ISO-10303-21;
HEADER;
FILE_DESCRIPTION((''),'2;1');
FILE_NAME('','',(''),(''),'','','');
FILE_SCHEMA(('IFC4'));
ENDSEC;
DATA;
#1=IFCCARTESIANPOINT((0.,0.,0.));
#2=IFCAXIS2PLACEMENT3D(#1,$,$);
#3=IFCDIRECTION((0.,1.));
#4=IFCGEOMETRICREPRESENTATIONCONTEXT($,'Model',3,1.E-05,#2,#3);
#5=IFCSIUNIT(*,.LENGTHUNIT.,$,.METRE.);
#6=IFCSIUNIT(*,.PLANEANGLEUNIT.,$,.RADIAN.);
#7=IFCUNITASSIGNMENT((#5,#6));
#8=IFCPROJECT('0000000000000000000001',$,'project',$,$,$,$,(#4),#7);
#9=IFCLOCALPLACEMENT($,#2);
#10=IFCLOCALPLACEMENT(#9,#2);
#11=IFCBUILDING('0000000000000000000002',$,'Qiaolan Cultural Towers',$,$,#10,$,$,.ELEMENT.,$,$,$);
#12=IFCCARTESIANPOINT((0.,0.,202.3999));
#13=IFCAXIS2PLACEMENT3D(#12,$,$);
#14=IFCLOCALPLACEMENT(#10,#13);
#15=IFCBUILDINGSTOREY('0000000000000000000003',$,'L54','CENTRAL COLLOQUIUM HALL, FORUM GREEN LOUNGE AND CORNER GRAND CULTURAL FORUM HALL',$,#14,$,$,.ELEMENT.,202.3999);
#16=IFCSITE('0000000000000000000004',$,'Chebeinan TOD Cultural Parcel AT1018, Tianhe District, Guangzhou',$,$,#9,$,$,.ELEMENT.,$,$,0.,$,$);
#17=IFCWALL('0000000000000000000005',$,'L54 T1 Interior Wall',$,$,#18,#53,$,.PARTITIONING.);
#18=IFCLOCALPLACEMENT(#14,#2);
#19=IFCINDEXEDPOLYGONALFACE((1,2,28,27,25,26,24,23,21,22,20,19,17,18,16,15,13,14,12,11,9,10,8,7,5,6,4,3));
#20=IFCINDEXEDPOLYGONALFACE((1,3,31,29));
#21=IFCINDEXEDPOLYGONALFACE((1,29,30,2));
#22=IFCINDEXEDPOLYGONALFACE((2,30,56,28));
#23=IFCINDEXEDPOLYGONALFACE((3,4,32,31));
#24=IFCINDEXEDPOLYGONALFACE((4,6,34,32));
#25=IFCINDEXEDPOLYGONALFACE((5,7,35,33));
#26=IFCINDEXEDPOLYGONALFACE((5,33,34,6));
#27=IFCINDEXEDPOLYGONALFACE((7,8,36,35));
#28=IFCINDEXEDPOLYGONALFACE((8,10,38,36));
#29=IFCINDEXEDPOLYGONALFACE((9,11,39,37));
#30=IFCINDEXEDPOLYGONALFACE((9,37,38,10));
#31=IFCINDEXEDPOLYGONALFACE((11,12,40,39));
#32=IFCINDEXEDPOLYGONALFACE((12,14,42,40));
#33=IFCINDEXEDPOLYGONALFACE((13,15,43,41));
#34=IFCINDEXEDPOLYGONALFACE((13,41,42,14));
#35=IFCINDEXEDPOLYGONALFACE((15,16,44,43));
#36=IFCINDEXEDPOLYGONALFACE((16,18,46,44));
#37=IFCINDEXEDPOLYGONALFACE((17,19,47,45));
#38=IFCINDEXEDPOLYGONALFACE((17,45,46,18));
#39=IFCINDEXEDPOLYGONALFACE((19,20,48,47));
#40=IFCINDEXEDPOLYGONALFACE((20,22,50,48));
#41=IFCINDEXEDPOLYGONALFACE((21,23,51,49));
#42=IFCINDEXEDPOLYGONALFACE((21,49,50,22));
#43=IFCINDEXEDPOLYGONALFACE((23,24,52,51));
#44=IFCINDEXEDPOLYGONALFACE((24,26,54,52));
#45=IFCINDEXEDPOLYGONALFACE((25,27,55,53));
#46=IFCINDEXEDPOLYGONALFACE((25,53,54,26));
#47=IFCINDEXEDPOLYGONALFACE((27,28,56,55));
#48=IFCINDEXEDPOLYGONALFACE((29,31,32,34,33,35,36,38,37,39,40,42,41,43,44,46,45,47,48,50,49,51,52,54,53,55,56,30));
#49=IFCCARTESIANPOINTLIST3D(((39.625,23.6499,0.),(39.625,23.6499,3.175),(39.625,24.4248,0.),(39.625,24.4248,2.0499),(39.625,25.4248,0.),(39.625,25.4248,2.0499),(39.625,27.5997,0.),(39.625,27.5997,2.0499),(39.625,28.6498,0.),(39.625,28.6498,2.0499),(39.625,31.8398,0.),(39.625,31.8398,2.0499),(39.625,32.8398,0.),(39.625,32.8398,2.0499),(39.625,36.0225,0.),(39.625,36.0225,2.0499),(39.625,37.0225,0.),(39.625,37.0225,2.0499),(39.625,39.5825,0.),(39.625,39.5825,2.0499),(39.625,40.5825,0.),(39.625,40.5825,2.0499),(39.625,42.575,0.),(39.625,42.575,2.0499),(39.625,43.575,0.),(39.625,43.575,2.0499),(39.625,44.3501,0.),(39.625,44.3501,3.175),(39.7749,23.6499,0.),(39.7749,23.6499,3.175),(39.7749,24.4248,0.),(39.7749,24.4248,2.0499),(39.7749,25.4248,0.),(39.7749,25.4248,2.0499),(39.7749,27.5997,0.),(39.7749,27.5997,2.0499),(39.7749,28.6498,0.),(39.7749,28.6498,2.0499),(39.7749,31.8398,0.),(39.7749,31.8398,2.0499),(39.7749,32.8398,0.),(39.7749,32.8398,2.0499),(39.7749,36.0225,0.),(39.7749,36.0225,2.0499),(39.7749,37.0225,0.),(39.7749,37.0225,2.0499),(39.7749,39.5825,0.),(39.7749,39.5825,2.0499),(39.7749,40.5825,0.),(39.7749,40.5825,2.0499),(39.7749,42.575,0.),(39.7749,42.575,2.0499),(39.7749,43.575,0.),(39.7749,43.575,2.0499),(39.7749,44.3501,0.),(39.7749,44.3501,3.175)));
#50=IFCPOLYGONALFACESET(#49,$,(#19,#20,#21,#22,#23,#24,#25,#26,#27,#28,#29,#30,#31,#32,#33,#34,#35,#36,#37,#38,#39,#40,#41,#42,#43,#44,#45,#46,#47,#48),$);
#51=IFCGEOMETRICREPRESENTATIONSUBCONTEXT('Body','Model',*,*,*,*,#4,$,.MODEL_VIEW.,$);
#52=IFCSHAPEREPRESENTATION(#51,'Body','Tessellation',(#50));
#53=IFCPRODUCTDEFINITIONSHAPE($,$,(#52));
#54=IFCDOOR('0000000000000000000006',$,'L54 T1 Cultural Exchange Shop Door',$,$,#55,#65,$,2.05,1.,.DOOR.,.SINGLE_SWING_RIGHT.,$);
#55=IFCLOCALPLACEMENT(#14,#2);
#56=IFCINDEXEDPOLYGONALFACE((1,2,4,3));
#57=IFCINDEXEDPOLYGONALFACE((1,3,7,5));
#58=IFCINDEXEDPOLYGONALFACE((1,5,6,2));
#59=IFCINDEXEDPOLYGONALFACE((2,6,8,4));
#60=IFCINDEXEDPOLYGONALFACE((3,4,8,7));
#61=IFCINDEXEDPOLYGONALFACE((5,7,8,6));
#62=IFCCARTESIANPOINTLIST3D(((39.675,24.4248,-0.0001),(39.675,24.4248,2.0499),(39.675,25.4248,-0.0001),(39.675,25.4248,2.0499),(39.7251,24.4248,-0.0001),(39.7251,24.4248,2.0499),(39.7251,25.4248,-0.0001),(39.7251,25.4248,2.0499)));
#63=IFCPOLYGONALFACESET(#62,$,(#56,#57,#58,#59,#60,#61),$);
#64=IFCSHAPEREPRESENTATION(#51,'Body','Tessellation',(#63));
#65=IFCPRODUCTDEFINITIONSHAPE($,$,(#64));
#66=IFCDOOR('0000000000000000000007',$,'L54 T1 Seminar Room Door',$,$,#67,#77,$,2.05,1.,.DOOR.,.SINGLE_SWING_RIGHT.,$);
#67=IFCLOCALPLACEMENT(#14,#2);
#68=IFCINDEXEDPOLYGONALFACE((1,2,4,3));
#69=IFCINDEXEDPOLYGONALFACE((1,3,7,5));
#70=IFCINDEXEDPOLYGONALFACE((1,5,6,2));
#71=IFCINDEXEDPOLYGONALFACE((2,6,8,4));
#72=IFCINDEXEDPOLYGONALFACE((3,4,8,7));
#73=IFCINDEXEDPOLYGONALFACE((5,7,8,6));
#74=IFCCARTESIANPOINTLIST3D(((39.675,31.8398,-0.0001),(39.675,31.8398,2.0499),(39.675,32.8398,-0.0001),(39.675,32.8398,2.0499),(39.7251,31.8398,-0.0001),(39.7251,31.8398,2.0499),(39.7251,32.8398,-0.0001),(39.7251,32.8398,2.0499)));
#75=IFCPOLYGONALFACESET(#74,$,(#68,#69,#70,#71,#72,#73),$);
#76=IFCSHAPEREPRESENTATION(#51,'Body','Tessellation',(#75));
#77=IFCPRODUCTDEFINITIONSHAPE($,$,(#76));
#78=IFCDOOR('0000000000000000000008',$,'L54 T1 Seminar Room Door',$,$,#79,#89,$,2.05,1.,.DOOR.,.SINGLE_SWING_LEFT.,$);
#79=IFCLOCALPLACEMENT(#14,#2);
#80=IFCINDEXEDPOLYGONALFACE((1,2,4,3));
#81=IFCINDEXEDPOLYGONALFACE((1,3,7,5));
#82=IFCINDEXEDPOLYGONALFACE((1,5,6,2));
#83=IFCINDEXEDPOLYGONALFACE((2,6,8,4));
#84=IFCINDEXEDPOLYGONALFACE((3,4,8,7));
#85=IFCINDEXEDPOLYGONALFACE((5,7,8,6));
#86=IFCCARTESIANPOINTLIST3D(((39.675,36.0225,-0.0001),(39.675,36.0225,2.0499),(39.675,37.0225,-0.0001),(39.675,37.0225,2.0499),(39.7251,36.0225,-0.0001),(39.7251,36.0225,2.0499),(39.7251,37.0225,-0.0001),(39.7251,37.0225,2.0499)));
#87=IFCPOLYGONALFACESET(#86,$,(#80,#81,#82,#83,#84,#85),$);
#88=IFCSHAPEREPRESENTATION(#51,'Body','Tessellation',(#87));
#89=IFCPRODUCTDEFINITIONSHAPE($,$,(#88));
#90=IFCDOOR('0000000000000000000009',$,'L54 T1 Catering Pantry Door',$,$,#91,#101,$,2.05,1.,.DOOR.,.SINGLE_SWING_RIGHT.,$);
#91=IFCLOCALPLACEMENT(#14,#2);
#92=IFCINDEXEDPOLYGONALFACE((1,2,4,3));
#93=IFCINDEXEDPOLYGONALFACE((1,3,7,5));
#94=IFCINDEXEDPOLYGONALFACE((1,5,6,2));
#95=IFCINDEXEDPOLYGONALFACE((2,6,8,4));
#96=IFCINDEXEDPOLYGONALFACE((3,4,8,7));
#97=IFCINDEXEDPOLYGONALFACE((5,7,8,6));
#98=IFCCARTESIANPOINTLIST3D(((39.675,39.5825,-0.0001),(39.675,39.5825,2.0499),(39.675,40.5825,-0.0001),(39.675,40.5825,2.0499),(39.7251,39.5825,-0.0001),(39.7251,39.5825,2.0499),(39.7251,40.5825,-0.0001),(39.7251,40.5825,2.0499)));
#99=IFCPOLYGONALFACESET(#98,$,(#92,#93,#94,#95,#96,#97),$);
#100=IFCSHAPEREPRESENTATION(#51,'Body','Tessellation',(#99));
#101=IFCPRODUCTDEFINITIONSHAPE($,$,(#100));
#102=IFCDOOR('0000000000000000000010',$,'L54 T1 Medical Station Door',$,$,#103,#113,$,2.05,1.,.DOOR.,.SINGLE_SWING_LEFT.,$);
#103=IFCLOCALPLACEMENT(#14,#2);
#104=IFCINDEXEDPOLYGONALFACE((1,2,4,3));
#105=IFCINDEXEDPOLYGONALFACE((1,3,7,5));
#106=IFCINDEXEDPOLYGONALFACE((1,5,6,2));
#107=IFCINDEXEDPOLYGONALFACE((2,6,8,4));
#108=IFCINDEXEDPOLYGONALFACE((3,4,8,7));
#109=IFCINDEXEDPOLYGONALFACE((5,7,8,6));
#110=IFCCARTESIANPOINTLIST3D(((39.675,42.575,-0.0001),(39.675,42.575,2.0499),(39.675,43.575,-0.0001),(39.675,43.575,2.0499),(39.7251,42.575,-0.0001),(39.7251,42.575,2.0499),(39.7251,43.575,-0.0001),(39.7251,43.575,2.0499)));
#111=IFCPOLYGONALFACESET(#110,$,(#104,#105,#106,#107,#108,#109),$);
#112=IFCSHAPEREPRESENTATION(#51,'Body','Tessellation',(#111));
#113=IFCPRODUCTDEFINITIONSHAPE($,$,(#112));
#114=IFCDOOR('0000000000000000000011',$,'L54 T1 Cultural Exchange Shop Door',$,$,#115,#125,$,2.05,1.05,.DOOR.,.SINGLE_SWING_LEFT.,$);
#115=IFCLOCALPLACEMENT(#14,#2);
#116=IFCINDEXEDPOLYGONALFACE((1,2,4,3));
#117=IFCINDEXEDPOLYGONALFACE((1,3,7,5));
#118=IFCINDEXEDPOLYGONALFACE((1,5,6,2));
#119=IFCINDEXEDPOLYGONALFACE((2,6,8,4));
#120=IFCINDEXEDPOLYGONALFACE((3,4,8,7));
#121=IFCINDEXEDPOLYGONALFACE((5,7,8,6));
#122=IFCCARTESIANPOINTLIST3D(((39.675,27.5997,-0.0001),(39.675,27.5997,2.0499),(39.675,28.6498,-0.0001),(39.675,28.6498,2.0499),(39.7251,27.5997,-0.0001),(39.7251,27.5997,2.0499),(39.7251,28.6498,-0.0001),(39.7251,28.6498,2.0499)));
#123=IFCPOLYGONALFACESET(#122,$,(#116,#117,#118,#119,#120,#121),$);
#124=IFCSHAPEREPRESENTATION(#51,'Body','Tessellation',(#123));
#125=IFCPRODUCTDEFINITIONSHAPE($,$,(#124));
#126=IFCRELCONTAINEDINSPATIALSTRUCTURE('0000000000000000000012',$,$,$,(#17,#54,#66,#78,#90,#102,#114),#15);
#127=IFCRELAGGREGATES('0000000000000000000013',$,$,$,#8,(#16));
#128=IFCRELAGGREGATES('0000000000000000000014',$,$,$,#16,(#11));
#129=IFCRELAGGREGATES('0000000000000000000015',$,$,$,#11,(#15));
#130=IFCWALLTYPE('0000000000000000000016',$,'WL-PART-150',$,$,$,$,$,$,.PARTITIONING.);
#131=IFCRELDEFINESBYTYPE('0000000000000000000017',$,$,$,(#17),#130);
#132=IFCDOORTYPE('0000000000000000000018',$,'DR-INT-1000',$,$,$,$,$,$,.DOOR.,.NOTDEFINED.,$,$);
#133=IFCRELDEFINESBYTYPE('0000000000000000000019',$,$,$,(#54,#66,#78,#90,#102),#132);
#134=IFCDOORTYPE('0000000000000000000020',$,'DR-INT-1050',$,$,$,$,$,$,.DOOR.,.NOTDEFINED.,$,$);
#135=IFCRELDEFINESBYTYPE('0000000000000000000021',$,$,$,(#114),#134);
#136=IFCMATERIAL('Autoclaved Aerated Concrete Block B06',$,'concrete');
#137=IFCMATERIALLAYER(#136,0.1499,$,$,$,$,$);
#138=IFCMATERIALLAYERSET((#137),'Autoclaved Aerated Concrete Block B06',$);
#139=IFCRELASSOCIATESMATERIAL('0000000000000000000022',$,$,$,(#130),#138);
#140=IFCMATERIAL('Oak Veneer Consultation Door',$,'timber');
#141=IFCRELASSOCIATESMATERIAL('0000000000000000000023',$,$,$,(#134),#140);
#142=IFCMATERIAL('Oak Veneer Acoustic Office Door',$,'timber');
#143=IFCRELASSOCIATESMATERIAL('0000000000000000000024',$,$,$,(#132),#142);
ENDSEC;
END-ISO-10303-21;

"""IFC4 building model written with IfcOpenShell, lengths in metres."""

from ifc_helpers import new_model, si_unit, direction, frame, frame_2d, origin, place, context, subcontext, project, spatial, rectangle, extrude, material, layer, layer_set, type_object, element, fill, save


model = new_model("IFC4")

# Units and contexts
model_context = context("Model", 3, precision=1e-05, world=origin(), true_north=direction((0.0, 1.0)))
body_context = subcontext(model_context, "Body", "Model", "MODEL_VIEW")
ifc_project = project(units=[si_unit("LENGTHUNIT", "METRE"), si_unit("PLANEANGLEUNIT", "RADIAN")], contexts=[model_context])

# Site, building, storey
site_placement = place(None, origin())
site = spatial("IfcSite", under=ifc_project, at=site_placement, Name="Chebeinan TOD Cultural Parcel AT1018, Tianhe District, Guangzhou", CompositionType="ELEMENT", RefElevation=0.0)
building_placement = place(site_placement, origin())
building = spatial("IfcBuilding", under=site, at=building_placement, Name="Qiaolan Cultural Towers", CompositionType="ELEMENT")
storey_placement = place(building_placement, frame((0.0, 0.0, 202.3999)))
storey = spatial("IfcBuildingStorey", under=building, at=storey_placement, Name="L54", Description="CENTRAL COLLOQUIUM HALL, FORUM GREEN LOUNGE AND CORNER GRAND CULTURAL FORUM HALL", CompositionType="ELEMENT", Elevation=202.3999)

# Shared definitions
ifc_material_1 = material(Name="Autoclaved Aerated Concrete Block B06", Category="concrete")
ifc_layer_1 = layer(ifc_material_1, 0.1499)
ifc_layer_set_1 = layer_set([ifc_layer_1], Name="Autoclaved Aerated Concrete Block B06")
wall_type_1 = type_object("IfcWallType", Name="WL-PART-150", PredefinedType="PARTITIONING", material=ifc_layer_set_1)

# Shared definitions
ifc_material_2 = material(Name="Oak Veneer Consultation Door", Category="timber")
door_type_1 = type_object("IfcDoorType", Name="DR-INT-1050", OperationType="NOTDEFINED", PredefinedType="DOOR", material=ifc_material_2)

# Wall, openings, doors
wall_1_placement = place(storey_placement, frame((39.7, 23.6499, 0.0), z_axis=(0.0, 0.0, 1.0), x_axis=(0.0, 1.0, 0.0)))
wall_1 = element("IfcWall", 1, at=wall_1_placement, inside=storey, type_object=wall_type_1, Name="L54 T1 Interior Wall", PredefinedType="PARTITIONING", context=body_context, shape_type="SweptSolid", body=[
    extrude(rectangle(XDim=20.7002, YDim=0.1499, at=frame_2d((10.3501, 0.0))), origin(), (0.0, 0.0, 1.0), 3.175),
])
opening_1_placement = place(wall_1_placement, frame((0.7749, 0.0, 0.0)))
opening_1 = element("IfcOpeningElement", 2, at=opening_1_placement, cuts=wall_1, PredefinedType="OPENING", context=body_context, shape_type="SweptSolid", body=[
    extrude(rectangle(XDim=1.0, YDim=2.05, at=frame_2d((0.5, 1.0249))), frame((0.0, 0.085, 0.0), z_axis=(0.0, -1.0, 0.0), x_axis=(1.0, 0.0, 0.0)), (0.0, 0.0, 1.0), 0.1699),
])
opening_2_placement = place(wall_1_placement, frame((3.95, 0.0, 0.0)))
opening_2 = element("IfcOpeningElement", 3, at=opening_2_placement, cuts=wall_1, PredefinedType="OPENING", context=body_context, shape_type="SweptSolid", body=[
    extrude(rectangle(XDim=1.05, YDim=2.05, at=frame_2d((0.5249, 1.0249))), frame((0.0, 0.085, 0.0), z_axis=(0.0, -1.0, 0.0), x_axis=(1.0, 0.0, 0.0)), (0.0, 0.0, 1.0), 0.1699),
])
opening_3_placement = place(wall_1_placement, frame((8.1899, 0.0, 0.0)))
opening_3 = element("IfcOpeningElement", 4, at=opening_3_placement, cuts=wall_1, PredefinedType="OPENING", context=body_context, shape_type="SweptSolid", body=[
    extrude(rectangle(XDim=1.0, YDim=2.05, at=frame_2d((0.5, 1.0249))), frame((0.0, 0.085, 0.0), z_axis=(0.0, -1.0, 0.0), x_axis=(1.0, 0.0, 0.0)), (0.0, 0.0, 1.0), 0.1699),
])
opening_4_placement = place(wall_1_placement, frame((12.3726, 0.0, 0.0)))
opening_4 = element("IfcOpeningElement", 5, at=opening_4_placement, cuts=wall_1, PredefinedType="OPENING", context=body_context, shape_type="SweptSolid", body=[
    extrude(rectangle(XDim=1.0, YDim=2.05, at=frame_2d((0.5, 1.0249))), frame((0.0, 0.085, 0.0), z_axis=(0.0, -1.0, 0.0), x_axis=(1.0, 0.0, 0.0)), (0.0, 0.0, 1.0), 0.1699),
])
opening_5_placement = place(wall_1_placement, frame((15.9326, 0.0, 0.0)))
opening_5 = element("IfcOpeningElement", 6, at=opening_5_placement, cuts=wall_1, PredefinedType="OPENING", context=body_context, shape_type="SweptSolid", body=[
    extrude(rectangle(XDim=1.0, YDim=2.05, at=frame_2d((0.5, 1.0249))), frame((0.0, 0.085, 0.0), z_axis=(0.0, -1.0, 0.0), x_axis=(1.0, 0.0, 0.0)), (0.0, 0.0, 1.0), 0.1699),
])
opening_6_placement = place(wall_1_placement, frame((18.925, 0.0, 0.0)))
opening_6 = element("IfcOpeningElement", 7, at=opening_6_placement, cuts=wall_1, PredefinedType="OPENING", context=body_context, shape_type="SweptSolid", body=[
    extrude(rectangle(XDim=1.0, YDim=2.05, at=frame_2d((0.5, 1.0249))), frame((0.0, 0.085, 0.0), z_axis=(0.0, -1.0, 0.0), x_axis=(1.0, 0.0, 0.0)), (0.0, 0.0, 1.0), 0.1699),
])
ifc_material_3 = material(Name="Oak Veneer Acoustic Office Door", Category="timber")
door_type_2 = type_object("IfcDoorType", Name="DR-INT-1000", OperationType="NOTDEFINED", PredefinedType="DOOR", material=ifc_material_3)
door_1_placement = place(opening_1_placement, origin())
door_1 = element("IfcDoor", 8, at=door_1_placement, inside=storey, type_object=door_type_2, Name="L54 T1 Cultural Exchange Shop Door", OperationType="SINGLE_SWING_RIGHT", OverallHeight=2.05, OverallWidth=1.0, PredefinedType="DOOR", context=body_context, shape_type="SweptSolid", body=[
    extrude(rectangle(XDim=1.0, YDim=2.05, at=frame_2d((0.5, 1.0249))), frame((0.0, 0.0249, 0.0), z_axis=(0.0, -1.0, 0.0), x_axis=(1.0, 0.0, 0.0)), (0.0, 0.0, 1.0), 0.05),
])
fill(opening_1, door_1)
door_2_placement = place(opening_3_placement, origin())
door_2 = element("IfcDoor", 9, at=door_2_placement, inside=storey, type_object=door_type_2, Name="L54 T1 Seminar Room Door", OperationType="SINGLE_SWING_RIGHT", OverallHeight=2.05, OverallWidth=1.0, PredefinedType="DOOR", context=body_context, shape_type="SweptSolid", body=[
    extrude(rectangle(XDim=1.0, YDim=2.05, at=frame_2d((0.5, 1.0249))), frame((0.0, 0.0249, 0.0), z_axis=(0.0, -1.0, 0.0), x_axis=(1.0, 0.0, 0.0)), (0.0, 0.0, 1.0), 0.05),
])
fill(opening_3, door_2)
door_3_placement = place(opening_4_placement, origin())
door_3 = element("IfcDoor", 10, at=door_3_placement, inside=storey, type_object=door_type_2, Name="L54 T1 Seminar Room Door", OperationType="SINGLE_SWING_LEFT", OverallHeight=2.05, OverallWidth=1.0, PredefinedType="DOOR", context=body_context, shape_type="SweptSolid", body=[
    extrude(rectangle(XDim=1.0, YDim=2.05, at=frame_2d((0.5, 1.0249))), frame((0.0, 0.0249, 0.0), z_axis=(0.0, -1.0, 0.0), x_axis=(1.0, 0.0, 0.0)), (0.0, 0.0, 1.0), 0.05),
])
fill(opening_4, door_3)
door_4_placement = place(opening_5_placement, origin())
door_4 = element("IfcDoor", 11, at=door_4_placement, inside=storey, type_object=door_type_2, Name="L54 T1 Catering Pantry Door", OperationType="SINGLE_SWING_RIGHT", OverallHeight=2.05, OverallWidth=1.0, PredefinedType="DOOR", context=body_context, shape_type="SweptSolid", body=[
    extrude(rectangle(XDim=1.0, YDim=2.05, at=frame_2d((0.5, 1.0249))), frame((0.0, 0.0249, 0.0), z_axis=(0.0, -1.0, 0.0), x_axis=(1.0, 0.0, 0.0)), (0.0, 0.0, 1.0), 0.05),
])
fill(opening_5, door_4)
door_5_placement = place(opening_6_placement, origin())
door_5 = element("IfcDoor", 12, at=door_5_placement, inside=storey, type_object=door_type_2, Name="L54 T1 Medical Station Door", OperationType="SINGLE_SWING_LEFT", OverallHeight=2.05, OverallWidth=1.0, PredefinedType="DOOR", context=body_context, shape_type="SweptSolid", body=[
    extrude(rectangle(XDim=1.0, YDim=2.05, at=frame_2d((0.5, 1.0249))), frame((0.0, 0.0249, 0.0), z_axis=(0.0, -1.0, 0.0), x_axis=(1.0, 0.0, 0.0)), (0.0, 0.0, 1.0), 0.05),
])
fill(opening_6, door_5)
door_6_placement = place(opening_2_placement, origin())
door_6 = element("IfcDoor", 13, at=door_6_placement, inside=storey, type_object=door_type_1, Name="L54 T1 Cultural Exchange Shop Door", OperationType="SINGLE_SWING_LEFT", OverallHeight=2.05, OverallWidth=1.05, PredefinedType="DOOR", context=body_context, shape_type="SweptSolid", body=[
    extrude(rectangle(XDim=1.05, YDim=2.05, at=frame_2d((0.5249, 1.0249))), frame((0.0, 0.0249, 0.0), z_axis=(0.0, -1.0, 0.0), x_axis=(1.0, 0.0, 0.0)), (0.0, 0.0, 1.0), 0.05),
])
fill(opening_2, door_6)

save(model, "model.ifc")
